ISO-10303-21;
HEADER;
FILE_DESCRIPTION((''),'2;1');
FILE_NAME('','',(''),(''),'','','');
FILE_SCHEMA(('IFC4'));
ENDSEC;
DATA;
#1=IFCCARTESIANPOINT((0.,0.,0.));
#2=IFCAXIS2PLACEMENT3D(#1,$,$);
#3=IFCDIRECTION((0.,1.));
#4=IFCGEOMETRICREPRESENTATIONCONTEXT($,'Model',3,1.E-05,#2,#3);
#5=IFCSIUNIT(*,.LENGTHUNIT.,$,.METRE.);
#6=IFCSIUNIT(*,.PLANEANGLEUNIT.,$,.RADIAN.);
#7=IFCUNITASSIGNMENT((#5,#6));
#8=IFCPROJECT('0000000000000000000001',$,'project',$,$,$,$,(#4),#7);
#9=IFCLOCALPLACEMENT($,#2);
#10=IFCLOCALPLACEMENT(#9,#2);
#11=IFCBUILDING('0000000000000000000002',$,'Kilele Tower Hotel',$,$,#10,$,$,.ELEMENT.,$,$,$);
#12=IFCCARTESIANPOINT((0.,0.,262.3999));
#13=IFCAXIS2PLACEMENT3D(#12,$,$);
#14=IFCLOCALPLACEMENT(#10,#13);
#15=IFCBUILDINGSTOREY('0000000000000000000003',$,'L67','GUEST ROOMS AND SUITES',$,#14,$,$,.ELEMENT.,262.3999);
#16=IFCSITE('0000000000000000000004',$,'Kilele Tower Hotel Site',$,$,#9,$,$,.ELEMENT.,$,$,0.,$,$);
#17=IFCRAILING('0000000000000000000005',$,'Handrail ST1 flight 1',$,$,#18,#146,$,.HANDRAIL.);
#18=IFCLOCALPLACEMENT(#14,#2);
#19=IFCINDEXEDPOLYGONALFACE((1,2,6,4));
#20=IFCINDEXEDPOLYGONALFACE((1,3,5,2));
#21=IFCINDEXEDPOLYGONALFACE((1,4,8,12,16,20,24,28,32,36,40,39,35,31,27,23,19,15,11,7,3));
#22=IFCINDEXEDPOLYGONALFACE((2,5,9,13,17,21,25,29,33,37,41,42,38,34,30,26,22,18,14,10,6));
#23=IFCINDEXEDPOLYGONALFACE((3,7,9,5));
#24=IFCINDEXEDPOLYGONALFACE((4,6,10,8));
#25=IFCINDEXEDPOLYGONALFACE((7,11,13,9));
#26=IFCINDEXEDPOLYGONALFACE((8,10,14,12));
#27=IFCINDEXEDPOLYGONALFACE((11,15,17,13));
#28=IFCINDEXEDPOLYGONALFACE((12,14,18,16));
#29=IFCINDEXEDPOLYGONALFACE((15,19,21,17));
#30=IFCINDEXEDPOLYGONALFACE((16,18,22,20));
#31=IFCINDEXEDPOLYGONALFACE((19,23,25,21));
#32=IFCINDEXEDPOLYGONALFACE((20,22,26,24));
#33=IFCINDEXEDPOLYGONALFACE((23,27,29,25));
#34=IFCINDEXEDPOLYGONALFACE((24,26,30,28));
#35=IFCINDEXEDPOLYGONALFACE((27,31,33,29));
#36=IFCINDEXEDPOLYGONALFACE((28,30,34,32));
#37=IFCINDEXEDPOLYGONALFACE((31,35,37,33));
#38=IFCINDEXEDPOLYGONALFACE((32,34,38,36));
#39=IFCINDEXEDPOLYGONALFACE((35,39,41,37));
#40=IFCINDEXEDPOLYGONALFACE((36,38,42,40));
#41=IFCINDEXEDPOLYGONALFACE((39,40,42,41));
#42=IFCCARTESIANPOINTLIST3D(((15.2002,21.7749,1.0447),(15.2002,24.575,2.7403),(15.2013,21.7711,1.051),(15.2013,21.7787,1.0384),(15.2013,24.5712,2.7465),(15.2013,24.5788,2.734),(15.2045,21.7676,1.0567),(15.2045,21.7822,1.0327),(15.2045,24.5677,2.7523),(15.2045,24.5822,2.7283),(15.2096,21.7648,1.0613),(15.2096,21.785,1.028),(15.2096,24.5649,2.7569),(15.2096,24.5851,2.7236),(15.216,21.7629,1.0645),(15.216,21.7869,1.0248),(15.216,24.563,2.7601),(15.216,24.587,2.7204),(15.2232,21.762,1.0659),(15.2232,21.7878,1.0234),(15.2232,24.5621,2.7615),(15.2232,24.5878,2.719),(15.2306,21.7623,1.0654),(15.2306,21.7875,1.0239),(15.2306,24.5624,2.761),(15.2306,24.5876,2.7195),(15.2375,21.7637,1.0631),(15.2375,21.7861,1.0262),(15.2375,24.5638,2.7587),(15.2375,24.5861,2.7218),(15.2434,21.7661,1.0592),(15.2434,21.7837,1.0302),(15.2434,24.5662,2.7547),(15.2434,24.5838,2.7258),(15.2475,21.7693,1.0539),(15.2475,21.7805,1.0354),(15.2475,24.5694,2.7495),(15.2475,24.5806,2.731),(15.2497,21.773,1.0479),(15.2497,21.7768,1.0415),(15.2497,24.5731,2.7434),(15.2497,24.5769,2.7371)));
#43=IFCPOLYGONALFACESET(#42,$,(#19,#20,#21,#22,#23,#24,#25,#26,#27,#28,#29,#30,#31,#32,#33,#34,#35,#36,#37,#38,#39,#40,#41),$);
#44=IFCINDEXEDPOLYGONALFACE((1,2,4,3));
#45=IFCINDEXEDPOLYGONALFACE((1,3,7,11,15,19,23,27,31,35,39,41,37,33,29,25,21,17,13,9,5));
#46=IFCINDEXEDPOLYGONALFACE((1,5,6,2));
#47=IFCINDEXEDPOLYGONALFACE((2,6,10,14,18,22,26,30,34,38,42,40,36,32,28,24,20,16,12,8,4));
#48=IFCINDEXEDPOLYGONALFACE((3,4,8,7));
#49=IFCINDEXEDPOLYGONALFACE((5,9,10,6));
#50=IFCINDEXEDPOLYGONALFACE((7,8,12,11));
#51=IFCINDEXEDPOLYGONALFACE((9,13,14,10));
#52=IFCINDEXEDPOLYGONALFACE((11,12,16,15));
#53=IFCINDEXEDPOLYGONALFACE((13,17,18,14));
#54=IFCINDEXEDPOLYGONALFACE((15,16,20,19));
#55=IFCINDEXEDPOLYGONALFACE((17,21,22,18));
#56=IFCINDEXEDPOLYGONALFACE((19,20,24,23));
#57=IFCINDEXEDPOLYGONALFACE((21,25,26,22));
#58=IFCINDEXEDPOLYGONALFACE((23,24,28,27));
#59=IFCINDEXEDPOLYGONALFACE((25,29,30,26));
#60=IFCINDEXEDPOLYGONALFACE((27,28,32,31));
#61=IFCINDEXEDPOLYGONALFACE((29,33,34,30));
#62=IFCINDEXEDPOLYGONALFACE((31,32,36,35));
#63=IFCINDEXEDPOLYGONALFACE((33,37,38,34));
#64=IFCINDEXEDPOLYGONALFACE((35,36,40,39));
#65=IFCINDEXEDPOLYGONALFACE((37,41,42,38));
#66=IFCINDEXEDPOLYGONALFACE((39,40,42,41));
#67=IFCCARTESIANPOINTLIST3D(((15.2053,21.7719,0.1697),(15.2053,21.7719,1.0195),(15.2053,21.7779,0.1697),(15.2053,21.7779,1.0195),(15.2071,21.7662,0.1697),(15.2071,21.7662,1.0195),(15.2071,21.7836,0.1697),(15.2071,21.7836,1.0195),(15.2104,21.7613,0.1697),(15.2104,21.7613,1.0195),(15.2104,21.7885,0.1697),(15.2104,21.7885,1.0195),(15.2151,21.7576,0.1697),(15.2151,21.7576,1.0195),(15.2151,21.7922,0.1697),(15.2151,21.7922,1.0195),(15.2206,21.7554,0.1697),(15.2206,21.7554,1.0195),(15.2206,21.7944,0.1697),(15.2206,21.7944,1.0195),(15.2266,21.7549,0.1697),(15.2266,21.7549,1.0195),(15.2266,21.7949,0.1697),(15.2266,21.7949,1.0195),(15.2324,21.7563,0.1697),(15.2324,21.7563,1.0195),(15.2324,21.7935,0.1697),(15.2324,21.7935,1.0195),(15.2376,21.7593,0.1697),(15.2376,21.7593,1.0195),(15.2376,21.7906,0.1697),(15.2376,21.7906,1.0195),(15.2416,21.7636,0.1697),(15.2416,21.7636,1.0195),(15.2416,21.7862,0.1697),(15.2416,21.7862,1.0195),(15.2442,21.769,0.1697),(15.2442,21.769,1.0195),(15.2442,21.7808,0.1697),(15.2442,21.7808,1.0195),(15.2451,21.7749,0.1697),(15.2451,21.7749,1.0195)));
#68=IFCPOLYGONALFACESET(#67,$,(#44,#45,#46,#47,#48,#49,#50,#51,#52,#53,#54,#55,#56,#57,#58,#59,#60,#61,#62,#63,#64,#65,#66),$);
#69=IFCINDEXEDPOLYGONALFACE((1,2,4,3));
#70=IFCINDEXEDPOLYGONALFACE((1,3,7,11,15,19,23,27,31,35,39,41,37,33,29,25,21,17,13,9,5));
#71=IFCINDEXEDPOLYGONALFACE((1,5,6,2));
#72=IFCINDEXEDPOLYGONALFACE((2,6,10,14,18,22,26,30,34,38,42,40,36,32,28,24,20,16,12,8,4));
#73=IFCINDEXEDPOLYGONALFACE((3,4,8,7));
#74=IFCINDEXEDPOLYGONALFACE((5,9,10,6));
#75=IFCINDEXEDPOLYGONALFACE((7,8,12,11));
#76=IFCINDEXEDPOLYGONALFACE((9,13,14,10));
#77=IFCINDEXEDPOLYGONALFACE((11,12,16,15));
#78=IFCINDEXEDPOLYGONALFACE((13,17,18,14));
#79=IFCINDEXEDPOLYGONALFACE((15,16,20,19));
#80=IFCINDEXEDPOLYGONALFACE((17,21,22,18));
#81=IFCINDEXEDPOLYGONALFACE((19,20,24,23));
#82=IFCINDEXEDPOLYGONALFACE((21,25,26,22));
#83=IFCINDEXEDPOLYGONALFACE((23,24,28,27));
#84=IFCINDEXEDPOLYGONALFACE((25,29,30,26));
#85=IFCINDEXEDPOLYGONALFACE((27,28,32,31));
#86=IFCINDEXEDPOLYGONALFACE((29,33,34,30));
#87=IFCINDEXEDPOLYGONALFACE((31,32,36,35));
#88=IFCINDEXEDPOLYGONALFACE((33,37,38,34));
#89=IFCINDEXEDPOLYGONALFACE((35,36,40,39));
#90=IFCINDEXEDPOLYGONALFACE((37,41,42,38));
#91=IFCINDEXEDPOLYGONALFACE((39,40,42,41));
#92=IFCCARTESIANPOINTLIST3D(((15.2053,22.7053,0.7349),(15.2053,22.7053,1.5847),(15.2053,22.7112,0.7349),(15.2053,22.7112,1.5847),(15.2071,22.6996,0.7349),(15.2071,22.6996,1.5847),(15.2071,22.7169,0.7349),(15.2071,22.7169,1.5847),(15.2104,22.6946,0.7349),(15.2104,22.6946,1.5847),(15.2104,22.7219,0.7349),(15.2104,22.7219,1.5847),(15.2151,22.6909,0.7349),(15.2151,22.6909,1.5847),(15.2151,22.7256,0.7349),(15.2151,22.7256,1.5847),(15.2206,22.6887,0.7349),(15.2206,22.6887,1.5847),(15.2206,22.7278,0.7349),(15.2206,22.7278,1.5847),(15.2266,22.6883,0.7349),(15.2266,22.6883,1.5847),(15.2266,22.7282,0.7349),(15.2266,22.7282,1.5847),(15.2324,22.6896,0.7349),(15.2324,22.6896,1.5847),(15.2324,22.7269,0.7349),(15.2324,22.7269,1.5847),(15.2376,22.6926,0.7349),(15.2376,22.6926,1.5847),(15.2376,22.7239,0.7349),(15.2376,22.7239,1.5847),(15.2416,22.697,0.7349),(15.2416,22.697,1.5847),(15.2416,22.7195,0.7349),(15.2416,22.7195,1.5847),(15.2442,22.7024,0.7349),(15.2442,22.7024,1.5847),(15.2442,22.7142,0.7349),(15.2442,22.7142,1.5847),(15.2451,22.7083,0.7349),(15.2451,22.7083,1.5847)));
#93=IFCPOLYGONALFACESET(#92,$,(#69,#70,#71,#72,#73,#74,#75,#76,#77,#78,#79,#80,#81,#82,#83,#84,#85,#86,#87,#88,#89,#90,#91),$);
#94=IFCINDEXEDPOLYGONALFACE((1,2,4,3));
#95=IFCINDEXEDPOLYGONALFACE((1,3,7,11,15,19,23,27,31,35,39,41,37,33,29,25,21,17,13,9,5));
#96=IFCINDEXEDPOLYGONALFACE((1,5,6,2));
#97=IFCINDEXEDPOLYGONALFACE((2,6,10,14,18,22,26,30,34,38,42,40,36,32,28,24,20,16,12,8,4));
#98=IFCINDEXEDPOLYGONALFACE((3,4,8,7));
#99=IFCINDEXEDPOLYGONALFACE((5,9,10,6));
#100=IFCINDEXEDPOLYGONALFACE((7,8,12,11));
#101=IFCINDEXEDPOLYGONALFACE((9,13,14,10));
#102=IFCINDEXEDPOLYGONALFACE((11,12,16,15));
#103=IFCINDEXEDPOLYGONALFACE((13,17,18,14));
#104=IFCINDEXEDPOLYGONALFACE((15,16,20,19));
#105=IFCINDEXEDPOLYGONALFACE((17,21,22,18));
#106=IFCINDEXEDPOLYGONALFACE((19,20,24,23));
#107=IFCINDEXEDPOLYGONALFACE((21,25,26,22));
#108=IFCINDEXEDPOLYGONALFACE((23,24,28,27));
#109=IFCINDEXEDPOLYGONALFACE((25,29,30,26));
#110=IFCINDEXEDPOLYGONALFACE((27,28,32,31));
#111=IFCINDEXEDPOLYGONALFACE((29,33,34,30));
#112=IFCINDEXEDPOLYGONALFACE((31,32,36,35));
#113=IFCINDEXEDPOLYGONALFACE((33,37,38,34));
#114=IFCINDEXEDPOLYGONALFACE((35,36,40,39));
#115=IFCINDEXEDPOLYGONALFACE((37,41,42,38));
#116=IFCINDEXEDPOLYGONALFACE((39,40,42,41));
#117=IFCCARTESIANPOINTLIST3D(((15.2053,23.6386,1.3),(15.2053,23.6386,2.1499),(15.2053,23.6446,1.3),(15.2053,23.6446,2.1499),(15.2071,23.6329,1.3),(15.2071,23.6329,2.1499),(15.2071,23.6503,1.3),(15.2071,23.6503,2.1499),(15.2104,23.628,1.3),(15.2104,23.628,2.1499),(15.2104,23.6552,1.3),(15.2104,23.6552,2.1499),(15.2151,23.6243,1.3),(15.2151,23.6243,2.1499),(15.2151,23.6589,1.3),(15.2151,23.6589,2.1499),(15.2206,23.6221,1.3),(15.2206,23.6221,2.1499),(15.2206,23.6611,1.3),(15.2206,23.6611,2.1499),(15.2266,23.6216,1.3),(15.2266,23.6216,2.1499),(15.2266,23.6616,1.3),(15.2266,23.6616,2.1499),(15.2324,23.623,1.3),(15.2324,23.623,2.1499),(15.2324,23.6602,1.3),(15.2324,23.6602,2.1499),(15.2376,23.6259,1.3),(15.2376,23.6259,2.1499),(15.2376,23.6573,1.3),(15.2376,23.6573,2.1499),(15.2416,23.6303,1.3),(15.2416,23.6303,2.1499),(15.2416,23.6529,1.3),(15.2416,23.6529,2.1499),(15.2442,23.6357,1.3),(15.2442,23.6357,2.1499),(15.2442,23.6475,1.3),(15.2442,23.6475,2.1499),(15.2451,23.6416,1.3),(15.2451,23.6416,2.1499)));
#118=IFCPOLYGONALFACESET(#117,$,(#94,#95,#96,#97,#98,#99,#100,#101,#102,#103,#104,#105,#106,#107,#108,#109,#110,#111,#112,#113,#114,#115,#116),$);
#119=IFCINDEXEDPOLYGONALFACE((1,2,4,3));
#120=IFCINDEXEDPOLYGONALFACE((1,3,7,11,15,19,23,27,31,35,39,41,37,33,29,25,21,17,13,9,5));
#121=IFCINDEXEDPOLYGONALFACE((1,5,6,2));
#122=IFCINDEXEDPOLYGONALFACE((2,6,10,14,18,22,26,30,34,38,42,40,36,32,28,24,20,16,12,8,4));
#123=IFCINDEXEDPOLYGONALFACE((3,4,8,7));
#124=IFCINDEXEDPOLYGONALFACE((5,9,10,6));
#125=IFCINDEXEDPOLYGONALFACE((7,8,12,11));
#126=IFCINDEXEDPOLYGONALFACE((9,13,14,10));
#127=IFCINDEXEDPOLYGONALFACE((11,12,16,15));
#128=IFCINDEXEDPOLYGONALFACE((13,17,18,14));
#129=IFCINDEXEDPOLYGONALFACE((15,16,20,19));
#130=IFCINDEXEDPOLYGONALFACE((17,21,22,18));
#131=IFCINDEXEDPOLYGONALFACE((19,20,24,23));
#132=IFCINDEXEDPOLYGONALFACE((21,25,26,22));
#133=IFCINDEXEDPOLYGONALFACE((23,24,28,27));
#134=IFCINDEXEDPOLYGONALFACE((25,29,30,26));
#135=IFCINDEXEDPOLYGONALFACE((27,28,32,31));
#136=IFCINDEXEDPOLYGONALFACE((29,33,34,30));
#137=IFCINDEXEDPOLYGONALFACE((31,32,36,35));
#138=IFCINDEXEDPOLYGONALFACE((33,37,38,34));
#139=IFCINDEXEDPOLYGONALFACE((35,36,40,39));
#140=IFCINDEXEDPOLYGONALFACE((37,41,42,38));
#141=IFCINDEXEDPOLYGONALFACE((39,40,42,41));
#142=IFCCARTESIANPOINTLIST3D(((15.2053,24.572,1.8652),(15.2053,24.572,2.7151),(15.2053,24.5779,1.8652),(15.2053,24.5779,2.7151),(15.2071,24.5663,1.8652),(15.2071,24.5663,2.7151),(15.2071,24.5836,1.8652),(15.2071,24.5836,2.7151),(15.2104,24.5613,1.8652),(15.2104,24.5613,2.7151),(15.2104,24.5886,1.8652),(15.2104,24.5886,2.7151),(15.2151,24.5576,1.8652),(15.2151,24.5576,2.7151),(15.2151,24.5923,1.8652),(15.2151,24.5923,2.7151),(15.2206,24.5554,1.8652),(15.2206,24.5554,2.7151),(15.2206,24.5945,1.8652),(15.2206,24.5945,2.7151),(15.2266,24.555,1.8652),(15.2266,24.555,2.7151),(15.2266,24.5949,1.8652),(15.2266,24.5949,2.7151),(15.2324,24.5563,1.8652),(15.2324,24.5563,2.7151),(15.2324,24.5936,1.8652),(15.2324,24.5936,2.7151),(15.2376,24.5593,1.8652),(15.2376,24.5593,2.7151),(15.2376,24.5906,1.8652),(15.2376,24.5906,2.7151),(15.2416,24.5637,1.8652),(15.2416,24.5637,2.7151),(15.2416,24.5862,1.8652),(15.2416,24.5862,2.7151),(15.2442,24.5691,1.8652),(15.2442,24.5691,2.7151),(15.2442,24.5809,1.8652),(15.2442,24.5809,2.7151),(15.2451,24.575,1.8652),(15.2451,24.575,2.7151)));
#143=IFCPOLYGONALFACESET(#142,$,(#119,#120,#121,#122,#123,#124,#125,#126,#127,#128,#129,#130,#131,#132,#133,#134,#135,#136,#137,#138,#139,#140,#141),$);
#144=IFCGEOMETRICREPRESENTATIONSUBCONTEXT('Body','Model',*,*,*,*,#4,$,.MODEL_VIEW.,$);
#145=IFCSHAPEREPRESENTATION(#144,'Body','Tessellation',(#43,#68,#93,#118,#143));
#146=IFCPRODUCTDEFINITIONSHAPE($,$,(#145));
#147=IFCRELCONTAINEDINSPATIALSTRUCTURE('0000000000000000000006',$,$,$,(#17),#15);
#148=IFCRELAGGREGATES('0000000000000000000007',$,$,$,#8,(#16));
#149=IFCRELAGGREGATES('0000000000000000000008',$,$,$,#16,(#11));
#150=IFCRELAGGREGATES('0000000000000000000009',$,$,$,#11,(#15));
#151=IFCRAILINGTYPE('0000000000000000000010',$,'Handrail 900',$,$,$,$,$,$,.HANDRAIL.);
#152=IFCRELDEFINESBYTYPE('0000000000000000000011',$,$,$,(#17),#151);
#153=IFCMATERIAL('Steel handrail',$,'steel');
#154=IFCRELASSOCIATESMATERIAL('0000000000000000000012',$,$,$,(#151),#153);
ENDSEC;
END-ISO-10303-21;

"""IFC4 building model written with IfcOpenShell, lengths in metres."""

from ifc_helpers import new_model, si_unit, direction, frame, origin, origin_2d, place, context, subcontext, project, spatial, circle, extrude, material, type_object, element, save


model = new_model("IFC4")

# Units and contexts
model_context = context("Model", 3, precision=1e-05, world=origin(), true_north=direction((0.0, 1.0)))
body_context = subcontext(model_context, "Body", "Model", "MODEL_VIEW")
ifc_project = project(units=[si_unit("LENGTHUNIT", "METRE"), si_unit("PLANEANGLEUNIT", "RADIAN")], contexts=[model_context])

# Site, building, storey
site_placement = place(None, origin())
site = spatial("IfcSite", under=ifc_project, at=site_placement, Name="Kilele Tower Hotel Site", CompositionType="ELEMENT", RefElevation=0.0)
building_placement = place(site_placement, origin())
building = spatial("IfcBuilding", under=site, at=building_placement, Name="Kilele Tower Hotel", CompositionType="ELEMENT")
storey_placement = place(building_placement, frame((0.0, 0.0, 262.3999)))
storey = spatial("IfcBuildingStorey", under=building, at=storey_placement, Name="L67", Description="GUEST ROOMS AND SUITES", CompositionType="ELEMENT", Elevation=262.3999)

# Railing
ifc_material_1 = material(Name="Steel handrail", Category="steel")
railing_type_1 = type_object("IfcRailingType", Name="Handrail 900", PredefinedType="HANDRAIL", material=ifc_material_1)
railing_1_placement = place(storey_placement, frame((15.2251, 21.7749, 0.1697)))
element("IfcRailing", 1, at=railing_1_placement, inside=storey, type_object=railing_type_1, Name="Handrail ST1 flight 1", PredefinedType="HANDRAIL", context=body_context, shape_type="SweptSolid", body=[
    extrude(circle(Radius=0.0249, at=origin_2d()), frame((0.0, 0.0, 0.875), z_axis=(0.0, 0.855393, 0.517979), x_axis=(-1.0, 0.0, 0.0)), (0.0, 0.0, 1.0), 3.2734),
    extrude(circle(Radius=0.02, at=origin_2d()), origin(), (0.0, 0.0, 1.0), 0.8499),
    extrude(circle(Radius=0.02, at=origin_2d()), frame((0.0, 0.9333, 0.5652)), (0.0, 0.0, 1.0), 0.8499),
    extrude(circle(Radius=0.02, at=origin_2d()), frame((0.0, 1.8667, 1.1304)), (0.0, 0.0, 1.0), 0.8499),
    extrude(circle(Radius=0.02, at=origin_2d()), frame((0.0, 2.8, 1.6956)), (0.0, 0.0, 1.0), 0.8499),
])

save(model, "model.ifc")
